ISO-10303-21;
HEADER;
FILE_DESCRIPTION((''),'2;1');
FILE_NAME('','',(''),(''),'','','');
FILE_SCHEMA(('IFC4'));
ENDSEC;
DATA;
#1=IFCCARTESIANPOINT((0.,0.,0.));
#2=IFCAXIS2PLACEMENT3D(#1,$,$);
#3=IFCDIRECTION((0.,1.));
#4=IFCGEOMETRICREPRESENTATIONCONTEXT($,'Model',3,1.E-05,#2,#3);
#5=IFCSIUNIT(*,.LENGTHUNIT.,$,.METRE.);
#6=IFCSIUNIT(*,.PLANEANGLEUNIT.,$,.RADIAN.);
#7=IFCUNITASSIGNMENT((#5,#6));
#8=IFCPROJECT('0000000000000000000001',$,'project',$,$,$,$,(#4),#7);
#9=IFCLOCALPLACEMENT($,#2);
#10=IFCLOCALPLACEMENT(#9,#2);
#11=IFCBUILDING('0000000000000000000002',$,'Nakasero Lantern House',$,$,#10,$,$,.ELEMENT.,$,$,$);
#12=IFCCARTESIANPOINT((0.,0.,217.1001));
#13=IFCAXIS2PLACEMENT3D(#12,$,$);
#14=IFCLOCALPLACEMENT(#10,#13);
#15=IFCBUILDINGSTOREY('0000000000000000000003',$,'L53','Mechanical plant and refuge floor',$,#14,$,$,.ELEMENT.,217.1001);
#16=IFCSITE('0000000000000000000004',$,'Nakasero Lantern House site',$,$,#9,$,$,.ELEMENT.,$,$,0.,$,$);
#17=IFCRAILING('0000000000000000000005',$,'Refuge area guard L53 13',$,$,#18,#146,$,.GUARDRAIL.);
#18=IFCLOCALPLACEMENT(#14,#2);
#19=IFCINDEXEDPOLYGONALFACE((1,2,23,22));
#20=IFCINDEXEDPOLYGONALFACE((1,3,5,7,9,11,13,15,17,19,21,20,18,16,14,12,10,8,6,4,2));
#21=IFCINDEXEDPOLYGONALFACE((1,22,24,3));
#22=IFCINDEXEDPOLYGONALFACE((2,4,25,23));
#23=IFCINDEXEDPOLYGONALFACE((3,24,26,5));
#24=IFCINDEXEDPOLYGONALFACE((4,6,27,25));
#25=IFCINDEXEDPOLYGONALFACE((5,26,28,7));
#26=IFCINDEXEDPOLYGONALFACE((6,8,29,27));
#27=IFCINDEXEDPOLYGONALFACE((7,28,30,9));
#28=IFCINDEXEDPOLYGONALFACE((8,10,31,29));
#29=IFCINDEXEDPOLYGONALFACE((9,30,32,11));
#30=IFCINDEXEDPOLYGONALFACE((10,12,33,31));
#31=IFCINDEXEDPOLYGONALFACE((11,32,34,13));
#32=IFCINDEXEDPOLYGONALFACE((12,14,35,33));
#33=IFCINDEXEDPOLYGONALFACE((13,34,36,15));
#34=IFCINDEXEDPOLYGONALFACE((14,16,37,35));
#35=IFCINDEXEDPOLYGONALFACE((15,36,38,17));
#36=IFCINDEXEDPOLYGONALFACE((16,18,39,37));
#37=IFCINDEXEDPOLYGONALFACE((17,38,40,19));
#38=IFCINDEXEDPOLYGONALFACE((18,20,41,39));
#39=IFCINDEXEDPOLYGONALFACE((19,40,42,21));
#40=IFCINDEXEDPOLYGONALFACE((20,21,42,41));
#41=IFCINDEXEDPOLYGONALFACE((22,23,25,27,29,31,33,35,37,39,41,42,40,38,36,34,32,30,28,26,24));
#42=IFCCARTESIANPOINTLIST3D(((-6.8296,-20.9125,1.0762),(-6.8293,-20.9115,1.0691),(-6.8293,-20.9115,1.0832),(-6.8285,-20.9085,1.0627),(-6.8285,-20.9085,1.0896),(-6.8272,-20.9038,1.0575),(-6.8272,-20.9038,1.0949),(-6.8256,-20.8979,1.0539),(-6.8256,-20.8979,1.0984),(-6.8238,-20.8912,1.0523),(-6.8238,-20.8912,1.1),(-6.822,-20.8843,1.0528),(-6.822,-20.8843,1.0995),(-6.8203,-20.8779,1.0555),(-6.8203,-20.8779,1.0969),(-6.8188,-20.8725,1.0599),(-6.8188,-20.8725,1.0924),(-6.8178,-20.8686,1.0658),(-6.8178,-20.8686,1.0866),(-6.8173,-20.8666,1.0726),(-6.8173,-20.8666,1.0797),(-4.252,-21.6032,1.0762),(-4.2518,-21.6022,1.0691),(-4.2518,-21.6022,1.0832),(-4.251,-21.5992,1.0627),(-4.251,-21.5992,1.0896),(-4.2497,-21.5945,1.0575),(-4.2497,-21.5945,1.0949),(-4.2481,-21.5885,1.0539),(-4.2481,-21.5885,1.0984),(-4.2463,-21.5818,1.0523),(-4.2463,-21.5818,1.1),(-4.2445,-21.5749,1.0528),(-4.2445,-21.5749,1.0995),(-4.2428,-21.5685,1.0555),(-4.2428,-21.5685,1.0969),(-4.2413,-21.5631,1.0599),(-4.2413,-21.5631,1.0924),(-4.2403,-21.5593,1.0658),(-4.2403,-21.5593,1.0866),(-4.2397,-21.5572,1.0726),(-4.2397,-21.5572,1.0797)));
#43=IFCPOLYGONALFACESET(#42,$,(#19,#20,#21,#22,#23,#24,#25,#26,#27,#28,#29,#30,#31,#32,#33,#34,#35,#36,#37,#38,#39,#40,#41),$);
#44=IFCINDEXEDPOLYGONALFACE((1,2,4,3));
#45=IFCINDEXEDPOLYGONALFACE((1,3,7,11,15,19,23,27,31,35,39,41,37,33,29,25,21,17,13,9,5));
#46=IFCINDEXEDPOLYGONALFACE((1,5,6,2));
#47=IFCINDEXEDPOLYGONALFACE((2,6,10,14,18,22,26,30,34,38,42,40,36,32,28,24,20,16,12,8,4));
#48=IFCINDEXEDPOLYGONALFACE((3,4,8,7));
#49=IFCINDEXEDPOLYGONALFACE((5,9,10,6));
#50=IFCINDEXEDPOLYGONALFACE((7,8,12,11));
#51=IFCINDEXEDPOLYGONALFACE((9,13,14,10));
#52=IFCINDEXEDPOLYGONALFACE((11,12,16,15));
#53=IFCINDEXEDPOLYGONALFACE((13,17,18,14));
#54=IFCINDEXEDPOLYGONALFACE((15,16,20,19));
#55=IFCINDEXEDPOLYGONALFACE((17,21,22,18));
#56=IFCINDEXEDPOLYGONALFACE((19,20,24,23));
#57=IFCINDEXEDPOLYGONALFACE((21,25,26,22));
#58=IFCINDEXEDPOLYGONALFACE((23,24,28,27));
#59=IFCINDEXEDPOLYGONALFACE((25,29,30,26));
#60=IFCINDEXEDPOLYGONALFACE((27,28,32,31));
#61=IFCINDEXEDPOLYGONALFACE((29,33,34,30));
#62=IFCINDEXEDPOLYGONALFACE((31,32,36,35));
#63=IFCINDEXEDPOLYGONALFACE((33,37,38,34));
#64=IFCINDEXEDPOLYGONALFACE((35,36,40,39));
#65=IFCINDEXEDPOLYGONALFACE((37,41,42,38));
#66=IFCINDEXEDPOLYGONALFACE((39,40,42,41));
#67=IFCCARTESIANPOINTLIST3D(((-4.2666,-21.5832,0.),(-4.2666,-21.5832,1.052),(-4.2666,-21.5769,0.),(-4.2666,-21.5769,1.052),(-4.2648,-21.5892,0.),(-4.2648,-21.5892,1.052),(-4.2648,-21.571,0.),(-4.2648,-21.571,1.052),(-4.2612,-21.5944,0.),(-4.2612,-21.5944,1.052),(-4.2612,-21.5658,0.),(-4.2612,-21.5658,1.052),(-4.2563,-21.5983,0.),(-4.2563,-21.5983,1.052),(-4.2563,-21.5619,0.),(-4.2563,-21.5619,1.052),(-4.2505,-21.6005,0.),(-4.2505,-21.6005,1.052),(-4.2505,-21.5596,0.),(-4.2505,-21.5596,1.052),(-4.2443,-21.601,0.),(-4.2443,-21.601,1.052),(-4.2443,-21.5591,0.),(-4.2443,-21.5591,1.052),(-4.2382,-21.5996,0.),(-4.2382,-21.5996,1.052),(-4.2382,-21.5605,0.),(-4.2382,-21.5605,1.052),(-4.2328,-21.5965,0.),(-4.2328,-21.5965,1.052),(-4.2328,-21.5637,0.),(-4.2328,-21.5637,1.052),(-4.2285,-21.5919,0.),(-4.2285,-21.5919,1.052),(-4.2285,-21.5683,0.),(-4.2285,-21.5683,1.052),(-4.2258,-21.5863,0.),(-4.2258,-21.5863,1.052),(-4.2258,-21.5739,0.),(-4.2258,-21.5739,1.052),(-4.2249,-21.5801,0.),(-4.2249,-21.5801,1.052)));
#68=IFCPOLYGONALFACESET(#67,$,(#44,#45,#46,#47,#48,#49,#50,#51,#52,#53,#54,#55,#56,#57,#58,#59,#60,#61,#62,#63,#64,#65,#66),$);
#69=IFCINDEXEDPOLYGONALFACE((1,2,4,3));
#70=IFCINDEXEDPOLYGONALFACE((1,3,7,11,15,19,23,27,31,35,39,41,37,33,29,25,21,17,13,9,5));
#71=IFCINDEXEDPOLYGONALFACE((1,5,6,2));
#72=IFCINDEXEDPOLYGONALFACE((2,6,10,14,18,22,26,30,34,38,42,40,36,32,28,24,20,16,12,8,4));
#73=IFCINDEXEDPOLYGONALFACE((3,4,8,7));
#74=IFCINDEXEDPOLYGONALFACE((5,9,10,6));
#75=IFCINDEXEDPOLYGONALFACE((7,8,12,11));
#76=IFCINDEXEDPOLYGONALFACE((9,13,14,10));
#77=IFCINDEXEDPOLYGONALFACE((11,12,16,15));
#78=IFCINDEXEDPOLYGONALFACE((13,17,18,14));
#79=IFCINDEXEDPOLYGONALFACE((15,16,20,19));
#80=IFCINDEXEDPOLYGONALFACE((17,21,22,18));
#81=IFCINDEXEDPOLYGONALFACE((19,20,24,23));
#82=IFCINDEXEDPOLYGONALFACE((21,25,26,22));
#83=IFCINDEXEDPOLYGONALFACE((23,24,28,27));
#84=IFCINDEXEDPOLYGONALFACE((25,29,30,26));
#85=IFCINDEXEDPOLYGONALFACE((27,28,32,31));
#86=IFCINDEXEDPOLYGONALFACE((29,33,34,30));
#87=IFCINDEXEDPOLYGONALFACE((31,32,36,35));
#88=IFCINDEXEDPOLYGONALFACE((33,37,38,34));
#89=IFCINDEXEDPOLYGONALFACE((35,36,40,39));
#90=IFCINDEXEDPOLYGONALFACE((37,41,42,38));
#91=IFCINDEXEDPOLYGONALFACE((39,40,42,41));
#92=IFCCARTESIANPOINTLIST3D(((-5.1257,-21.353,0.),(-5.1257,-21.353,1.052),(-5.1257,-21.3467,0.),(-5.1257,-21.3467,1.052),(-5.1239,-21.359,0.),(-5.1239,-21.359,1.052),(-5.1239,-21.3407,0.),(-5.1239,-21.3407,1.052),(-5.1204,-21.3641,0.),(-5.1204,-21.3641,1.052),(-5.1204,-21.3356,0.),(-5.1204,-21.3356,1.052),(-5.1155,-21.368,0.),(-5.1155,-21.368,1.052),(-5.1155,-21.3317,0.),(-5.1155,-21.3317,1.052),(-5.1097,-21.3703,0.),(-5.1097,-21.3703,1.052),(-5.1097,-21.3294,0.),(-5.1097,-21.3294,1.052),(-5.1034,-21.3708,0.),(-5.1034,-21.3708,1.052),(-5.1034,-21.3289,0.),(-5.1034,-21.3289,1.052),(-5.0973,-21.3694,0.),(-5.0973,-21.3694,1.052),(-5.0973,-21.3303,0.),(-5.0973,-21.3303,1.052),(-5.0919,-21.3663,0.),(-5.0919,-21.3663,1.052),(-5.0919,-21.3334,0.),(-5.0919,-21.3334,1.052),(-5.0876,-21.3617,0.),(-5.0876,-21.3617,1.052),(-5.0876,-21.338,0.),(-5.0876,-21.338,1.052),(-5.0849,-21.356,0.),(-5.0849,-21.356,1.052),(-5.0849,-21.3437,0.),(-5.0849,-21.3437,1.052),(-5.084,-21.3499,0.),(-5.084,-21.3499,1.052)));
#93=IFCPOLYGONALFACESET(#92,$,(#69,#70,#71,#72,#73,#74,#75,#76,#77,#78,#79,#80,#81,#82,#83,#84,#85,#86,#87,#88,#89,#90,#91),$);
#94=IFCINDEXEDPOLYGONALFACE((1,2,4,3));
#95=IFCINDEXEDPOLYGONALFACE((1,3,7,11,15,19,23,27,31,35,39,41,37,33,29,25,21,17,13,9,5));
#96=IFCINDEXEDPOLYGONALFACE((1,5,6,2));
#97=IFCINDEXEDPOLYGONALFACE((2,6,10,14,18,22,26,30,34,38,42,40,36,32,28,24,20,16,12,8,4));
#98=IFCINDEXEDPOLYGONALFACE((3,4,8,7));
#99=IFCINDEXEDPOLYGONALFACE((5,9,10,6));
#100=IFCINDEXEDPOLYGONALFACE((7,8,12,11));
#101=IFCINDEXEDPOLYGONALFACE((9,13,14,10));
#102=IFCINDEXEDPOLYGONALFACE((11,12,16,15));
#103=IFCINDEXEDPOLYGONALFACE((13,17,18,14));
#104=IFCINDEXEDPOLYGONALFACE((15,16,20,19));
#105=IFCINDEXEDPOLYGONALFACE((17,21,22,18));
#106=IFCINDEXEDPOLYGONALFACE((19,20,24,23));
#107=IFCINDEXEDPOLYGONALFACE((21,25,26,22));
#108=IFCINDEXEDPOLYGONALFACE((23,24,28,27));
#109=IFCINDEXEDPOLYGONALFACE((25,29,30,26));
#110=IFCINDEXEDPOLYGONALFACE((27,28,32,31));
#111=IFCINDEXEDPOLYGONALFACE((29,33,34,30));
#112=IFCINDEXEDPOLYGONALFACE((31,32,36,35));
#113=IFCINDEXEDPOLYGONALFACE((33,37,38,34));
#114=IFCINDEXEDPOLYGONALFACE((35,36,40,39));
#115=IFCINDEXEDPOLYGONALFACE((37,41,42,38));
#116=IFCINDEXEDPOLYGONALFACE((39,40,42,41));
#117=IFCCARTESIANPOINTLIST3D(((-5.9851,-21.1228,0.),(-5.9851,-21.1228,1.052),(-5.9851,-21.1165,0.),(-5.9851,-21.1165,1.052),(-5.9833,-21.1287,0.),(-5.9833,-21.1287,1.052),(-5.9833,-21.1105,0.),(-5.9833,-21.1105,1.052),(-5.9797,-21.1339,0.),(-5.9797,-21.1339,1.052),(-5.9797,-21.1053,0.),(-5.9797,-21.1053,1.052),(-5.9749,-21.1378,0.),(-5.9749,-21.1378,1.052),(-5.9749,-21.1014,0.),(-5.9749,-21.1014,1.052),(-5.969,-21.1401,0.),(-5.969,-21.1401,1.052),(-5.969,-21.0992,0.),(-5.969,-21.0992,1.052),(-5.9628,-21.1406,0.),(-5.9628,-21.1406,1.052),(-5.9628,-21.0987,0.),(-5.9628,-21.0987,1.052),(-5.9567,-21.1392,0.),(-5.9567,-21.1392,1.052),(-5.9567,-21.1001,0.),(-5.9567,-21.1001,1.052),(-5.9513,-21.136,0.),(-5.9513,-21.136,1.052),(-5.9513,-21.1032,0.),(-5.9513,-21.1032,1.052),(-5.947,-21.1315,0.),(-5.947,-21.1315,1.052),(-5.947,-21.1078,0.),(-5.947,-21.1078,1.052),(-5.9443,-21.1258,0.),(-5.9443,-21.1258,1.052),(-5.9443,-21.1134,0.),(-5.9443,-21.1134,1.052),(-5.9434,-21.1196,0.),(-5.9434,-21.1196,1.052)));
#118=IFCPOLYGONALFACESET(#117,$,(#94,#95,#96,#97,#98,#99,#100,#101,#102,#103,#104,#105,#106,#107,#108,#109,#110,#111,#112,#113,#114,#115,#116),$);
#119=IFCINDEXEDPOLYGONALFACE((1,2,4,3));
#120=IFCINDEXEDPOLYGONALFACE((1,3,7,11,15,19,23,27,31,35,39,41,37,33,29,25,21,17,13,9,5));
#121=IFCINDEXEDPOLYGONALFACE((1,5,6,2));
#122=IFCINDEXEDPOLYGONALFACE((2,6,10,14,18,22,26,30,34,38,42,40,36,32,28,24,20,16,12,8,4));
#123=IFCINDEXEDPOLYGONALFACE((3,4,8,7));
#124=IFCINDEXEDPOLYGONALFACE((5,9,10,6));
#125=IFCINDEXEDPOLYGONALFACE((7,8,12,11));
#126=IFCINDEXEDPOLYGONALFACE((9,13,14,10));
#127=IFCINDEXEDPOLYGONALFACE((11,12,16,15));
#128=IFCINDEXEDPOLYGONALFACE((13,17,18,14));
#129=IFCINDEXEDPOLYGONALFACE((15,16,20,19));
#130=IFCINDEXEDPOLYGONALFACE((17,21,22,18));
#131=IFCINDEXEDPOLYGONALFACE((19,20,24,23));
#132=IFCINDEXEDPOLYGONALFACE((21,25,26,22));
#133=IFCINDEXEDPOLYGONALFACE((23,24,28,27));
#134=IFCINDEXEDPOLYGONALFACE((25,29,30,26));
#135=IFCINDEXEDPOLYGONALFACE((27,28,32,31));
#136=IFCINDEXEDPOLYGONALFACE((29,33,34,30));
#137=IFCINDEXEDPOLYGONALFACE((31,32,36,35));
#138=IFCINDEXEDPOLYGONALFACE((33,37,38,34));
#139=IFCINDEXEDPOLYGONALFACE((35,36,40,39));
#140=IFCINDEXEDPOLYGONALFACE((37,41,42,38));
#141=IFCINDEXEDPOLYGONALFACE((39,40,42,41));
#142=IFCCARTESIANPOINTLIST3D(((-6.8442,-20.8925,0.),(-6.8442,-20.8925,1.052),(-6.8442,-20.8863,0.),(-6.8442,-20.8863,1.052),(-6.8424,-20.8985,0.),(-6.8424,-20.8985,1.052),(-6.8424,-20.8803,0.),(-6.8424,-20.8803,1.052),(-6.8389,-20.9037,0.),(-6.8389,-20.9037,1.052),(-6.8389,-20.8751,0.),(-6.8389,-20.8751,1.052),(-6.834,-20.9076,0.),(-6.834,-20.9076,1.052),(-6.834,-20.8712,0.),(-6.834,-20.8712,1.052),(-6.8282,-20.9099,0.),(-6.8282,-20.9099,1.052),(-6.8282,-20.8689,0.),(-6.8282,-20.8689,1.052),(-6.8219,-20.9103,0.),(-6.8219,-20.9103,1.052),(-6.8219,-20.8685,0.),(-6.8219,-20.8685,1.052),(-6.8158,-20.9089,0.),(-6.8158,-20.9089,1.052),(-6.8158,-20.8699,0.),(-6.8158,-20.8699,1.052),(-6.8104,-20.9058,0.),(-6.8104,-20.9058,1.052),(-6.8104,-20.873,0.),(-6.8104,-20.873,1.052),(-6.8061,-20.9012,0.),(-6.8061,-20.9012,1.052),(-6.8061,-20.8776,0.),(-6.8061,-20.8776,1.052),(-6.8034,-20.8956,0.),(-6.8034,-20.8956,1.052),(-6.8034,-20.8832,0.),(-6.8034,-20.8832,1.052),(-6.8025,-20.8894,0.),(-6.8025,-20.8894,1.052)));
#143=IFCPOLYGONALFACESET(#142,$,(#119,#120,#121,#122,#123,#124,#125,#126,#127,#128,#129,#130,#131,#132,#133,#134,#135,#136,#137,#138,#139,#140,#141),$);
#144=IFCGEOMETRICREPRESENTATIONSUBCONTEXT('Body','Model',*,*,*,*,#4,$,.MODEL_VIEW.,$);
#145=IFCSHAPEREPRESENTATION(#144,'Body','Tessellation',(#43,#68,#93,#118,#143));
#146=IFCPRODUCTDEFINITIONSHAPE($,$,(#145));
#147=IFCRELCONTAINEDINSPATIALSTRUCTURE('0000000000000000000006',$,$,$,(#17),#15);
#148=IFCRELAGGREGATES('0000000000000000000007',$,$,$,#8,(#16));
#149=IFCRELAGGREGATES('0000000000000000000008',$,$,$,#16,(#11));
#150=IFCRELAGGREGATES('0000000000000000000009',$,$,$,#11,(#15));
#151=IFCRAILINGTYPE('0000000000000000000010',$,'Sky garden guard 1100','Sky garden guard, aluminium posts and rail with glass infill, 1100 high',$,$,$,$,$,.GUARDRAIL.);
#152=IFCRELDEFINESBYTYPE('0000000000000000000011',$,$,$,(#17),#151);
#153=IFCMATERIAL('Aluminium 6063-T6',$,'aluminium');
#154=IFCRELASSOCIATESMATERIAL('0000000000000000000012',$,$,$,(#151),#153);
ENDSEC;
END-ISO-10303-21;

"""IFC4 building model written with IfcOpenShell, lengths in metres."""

from ifc_helpers import new_model, si_unit, direction, frame, origin, origin_2d, place, context, subcontext, project, spatial, circle, extrude, material, type_object, element, save


model = new_model("IFC4")

# Units and contexts
model_context = context("Model", 3, precision=1e-05, world=origin(), true_north=direction((0.0, 1.0)))
body_context = subcontext(model_context, "Body", "Model", "MODEL_VIEW")
ifc_project = project(units=[si_unit("LENGTHUNIT", "METRE"), si_unit("PLANEANGLEUNIT", "RADIAN")], contexts=[model_context])

# Site, building, storey
site_placement = place(None, origin())
site = spatial("IfcSite", under=ifc_project, at=site_placement, Name="Nakasero Lantern House site", CompositionType="ELEMENT", RefElevation=0.0)
building_placement = place(site_placement, origin())
building = spatial("IfcBuilding", under=site, at=building_placement, Name="Nakasero Lantern House", CompositionType="ELEMENT")
storey_placement = place(building_placement, frame((0.0, 0.0, 217.1001)))
storey = spatial("IfcBuildingStorey", under=building, at=storey_placement, Name="L53", Description="Mechanical plant and refuge floor", CompositionType="ELEMENT", Elevation=217.1001)

# Railing
ifc_material_1 = material(Name="Aluminium 6063-T6", Category="aluminium")
railing_type = type_object("IfcRailingType", Name="Sky garden guard 1100", Description="Sky garden guard, aluminium posts and rail with glass infill, 1100 high", PredefinedType="GUARDRAIL", material=ifc_material_1)
railing_1_placement = place(storey_placement, frame((-4.2458, -21.5801, 0.0)))
element("IfcRailing", 1, at=railing_1_placement, inside=storey, type_object=railing_type, Name="Refuge area guard L53 13", PredefinedType="GUARDRAIL", context=body_context, shape_type="SweptSolid", body=[
    extrude(circle(Radius=0.0239, at=origin_2d()), frame((0.0, 0.0, 1.0762), z_axis=(-0.965926, 0.258818, 0.0), x_axis=(-0.258818, -0.965926, 0.0)), (0.0, 0.0, 1.0), 2.6685),
    extrude(circle(Radius=0.021, at=origin_2d()), origin(), (0.0, 0.0, 1.0), 1.052),
    extrude(circle(Radius=0.021, at=origin_2d()), frame((-0.8591, 0.2302, 0.0)), (0.0, 0.0, 1.0), 1.052),
    extrude(circle(Radius=0.021, at=origin_2d()), frame((-1.7185, 0.4604, 0.0)), (0.0, 0.0, 1.0), 1.052),
    extrude(circle(Radius=0.021, at=origin_2d()), frame((-2.5776, 0.6907, 0.0)), (0.0, 0.0, 1.0), 1.052),
])

save(model, "model.ifc")
